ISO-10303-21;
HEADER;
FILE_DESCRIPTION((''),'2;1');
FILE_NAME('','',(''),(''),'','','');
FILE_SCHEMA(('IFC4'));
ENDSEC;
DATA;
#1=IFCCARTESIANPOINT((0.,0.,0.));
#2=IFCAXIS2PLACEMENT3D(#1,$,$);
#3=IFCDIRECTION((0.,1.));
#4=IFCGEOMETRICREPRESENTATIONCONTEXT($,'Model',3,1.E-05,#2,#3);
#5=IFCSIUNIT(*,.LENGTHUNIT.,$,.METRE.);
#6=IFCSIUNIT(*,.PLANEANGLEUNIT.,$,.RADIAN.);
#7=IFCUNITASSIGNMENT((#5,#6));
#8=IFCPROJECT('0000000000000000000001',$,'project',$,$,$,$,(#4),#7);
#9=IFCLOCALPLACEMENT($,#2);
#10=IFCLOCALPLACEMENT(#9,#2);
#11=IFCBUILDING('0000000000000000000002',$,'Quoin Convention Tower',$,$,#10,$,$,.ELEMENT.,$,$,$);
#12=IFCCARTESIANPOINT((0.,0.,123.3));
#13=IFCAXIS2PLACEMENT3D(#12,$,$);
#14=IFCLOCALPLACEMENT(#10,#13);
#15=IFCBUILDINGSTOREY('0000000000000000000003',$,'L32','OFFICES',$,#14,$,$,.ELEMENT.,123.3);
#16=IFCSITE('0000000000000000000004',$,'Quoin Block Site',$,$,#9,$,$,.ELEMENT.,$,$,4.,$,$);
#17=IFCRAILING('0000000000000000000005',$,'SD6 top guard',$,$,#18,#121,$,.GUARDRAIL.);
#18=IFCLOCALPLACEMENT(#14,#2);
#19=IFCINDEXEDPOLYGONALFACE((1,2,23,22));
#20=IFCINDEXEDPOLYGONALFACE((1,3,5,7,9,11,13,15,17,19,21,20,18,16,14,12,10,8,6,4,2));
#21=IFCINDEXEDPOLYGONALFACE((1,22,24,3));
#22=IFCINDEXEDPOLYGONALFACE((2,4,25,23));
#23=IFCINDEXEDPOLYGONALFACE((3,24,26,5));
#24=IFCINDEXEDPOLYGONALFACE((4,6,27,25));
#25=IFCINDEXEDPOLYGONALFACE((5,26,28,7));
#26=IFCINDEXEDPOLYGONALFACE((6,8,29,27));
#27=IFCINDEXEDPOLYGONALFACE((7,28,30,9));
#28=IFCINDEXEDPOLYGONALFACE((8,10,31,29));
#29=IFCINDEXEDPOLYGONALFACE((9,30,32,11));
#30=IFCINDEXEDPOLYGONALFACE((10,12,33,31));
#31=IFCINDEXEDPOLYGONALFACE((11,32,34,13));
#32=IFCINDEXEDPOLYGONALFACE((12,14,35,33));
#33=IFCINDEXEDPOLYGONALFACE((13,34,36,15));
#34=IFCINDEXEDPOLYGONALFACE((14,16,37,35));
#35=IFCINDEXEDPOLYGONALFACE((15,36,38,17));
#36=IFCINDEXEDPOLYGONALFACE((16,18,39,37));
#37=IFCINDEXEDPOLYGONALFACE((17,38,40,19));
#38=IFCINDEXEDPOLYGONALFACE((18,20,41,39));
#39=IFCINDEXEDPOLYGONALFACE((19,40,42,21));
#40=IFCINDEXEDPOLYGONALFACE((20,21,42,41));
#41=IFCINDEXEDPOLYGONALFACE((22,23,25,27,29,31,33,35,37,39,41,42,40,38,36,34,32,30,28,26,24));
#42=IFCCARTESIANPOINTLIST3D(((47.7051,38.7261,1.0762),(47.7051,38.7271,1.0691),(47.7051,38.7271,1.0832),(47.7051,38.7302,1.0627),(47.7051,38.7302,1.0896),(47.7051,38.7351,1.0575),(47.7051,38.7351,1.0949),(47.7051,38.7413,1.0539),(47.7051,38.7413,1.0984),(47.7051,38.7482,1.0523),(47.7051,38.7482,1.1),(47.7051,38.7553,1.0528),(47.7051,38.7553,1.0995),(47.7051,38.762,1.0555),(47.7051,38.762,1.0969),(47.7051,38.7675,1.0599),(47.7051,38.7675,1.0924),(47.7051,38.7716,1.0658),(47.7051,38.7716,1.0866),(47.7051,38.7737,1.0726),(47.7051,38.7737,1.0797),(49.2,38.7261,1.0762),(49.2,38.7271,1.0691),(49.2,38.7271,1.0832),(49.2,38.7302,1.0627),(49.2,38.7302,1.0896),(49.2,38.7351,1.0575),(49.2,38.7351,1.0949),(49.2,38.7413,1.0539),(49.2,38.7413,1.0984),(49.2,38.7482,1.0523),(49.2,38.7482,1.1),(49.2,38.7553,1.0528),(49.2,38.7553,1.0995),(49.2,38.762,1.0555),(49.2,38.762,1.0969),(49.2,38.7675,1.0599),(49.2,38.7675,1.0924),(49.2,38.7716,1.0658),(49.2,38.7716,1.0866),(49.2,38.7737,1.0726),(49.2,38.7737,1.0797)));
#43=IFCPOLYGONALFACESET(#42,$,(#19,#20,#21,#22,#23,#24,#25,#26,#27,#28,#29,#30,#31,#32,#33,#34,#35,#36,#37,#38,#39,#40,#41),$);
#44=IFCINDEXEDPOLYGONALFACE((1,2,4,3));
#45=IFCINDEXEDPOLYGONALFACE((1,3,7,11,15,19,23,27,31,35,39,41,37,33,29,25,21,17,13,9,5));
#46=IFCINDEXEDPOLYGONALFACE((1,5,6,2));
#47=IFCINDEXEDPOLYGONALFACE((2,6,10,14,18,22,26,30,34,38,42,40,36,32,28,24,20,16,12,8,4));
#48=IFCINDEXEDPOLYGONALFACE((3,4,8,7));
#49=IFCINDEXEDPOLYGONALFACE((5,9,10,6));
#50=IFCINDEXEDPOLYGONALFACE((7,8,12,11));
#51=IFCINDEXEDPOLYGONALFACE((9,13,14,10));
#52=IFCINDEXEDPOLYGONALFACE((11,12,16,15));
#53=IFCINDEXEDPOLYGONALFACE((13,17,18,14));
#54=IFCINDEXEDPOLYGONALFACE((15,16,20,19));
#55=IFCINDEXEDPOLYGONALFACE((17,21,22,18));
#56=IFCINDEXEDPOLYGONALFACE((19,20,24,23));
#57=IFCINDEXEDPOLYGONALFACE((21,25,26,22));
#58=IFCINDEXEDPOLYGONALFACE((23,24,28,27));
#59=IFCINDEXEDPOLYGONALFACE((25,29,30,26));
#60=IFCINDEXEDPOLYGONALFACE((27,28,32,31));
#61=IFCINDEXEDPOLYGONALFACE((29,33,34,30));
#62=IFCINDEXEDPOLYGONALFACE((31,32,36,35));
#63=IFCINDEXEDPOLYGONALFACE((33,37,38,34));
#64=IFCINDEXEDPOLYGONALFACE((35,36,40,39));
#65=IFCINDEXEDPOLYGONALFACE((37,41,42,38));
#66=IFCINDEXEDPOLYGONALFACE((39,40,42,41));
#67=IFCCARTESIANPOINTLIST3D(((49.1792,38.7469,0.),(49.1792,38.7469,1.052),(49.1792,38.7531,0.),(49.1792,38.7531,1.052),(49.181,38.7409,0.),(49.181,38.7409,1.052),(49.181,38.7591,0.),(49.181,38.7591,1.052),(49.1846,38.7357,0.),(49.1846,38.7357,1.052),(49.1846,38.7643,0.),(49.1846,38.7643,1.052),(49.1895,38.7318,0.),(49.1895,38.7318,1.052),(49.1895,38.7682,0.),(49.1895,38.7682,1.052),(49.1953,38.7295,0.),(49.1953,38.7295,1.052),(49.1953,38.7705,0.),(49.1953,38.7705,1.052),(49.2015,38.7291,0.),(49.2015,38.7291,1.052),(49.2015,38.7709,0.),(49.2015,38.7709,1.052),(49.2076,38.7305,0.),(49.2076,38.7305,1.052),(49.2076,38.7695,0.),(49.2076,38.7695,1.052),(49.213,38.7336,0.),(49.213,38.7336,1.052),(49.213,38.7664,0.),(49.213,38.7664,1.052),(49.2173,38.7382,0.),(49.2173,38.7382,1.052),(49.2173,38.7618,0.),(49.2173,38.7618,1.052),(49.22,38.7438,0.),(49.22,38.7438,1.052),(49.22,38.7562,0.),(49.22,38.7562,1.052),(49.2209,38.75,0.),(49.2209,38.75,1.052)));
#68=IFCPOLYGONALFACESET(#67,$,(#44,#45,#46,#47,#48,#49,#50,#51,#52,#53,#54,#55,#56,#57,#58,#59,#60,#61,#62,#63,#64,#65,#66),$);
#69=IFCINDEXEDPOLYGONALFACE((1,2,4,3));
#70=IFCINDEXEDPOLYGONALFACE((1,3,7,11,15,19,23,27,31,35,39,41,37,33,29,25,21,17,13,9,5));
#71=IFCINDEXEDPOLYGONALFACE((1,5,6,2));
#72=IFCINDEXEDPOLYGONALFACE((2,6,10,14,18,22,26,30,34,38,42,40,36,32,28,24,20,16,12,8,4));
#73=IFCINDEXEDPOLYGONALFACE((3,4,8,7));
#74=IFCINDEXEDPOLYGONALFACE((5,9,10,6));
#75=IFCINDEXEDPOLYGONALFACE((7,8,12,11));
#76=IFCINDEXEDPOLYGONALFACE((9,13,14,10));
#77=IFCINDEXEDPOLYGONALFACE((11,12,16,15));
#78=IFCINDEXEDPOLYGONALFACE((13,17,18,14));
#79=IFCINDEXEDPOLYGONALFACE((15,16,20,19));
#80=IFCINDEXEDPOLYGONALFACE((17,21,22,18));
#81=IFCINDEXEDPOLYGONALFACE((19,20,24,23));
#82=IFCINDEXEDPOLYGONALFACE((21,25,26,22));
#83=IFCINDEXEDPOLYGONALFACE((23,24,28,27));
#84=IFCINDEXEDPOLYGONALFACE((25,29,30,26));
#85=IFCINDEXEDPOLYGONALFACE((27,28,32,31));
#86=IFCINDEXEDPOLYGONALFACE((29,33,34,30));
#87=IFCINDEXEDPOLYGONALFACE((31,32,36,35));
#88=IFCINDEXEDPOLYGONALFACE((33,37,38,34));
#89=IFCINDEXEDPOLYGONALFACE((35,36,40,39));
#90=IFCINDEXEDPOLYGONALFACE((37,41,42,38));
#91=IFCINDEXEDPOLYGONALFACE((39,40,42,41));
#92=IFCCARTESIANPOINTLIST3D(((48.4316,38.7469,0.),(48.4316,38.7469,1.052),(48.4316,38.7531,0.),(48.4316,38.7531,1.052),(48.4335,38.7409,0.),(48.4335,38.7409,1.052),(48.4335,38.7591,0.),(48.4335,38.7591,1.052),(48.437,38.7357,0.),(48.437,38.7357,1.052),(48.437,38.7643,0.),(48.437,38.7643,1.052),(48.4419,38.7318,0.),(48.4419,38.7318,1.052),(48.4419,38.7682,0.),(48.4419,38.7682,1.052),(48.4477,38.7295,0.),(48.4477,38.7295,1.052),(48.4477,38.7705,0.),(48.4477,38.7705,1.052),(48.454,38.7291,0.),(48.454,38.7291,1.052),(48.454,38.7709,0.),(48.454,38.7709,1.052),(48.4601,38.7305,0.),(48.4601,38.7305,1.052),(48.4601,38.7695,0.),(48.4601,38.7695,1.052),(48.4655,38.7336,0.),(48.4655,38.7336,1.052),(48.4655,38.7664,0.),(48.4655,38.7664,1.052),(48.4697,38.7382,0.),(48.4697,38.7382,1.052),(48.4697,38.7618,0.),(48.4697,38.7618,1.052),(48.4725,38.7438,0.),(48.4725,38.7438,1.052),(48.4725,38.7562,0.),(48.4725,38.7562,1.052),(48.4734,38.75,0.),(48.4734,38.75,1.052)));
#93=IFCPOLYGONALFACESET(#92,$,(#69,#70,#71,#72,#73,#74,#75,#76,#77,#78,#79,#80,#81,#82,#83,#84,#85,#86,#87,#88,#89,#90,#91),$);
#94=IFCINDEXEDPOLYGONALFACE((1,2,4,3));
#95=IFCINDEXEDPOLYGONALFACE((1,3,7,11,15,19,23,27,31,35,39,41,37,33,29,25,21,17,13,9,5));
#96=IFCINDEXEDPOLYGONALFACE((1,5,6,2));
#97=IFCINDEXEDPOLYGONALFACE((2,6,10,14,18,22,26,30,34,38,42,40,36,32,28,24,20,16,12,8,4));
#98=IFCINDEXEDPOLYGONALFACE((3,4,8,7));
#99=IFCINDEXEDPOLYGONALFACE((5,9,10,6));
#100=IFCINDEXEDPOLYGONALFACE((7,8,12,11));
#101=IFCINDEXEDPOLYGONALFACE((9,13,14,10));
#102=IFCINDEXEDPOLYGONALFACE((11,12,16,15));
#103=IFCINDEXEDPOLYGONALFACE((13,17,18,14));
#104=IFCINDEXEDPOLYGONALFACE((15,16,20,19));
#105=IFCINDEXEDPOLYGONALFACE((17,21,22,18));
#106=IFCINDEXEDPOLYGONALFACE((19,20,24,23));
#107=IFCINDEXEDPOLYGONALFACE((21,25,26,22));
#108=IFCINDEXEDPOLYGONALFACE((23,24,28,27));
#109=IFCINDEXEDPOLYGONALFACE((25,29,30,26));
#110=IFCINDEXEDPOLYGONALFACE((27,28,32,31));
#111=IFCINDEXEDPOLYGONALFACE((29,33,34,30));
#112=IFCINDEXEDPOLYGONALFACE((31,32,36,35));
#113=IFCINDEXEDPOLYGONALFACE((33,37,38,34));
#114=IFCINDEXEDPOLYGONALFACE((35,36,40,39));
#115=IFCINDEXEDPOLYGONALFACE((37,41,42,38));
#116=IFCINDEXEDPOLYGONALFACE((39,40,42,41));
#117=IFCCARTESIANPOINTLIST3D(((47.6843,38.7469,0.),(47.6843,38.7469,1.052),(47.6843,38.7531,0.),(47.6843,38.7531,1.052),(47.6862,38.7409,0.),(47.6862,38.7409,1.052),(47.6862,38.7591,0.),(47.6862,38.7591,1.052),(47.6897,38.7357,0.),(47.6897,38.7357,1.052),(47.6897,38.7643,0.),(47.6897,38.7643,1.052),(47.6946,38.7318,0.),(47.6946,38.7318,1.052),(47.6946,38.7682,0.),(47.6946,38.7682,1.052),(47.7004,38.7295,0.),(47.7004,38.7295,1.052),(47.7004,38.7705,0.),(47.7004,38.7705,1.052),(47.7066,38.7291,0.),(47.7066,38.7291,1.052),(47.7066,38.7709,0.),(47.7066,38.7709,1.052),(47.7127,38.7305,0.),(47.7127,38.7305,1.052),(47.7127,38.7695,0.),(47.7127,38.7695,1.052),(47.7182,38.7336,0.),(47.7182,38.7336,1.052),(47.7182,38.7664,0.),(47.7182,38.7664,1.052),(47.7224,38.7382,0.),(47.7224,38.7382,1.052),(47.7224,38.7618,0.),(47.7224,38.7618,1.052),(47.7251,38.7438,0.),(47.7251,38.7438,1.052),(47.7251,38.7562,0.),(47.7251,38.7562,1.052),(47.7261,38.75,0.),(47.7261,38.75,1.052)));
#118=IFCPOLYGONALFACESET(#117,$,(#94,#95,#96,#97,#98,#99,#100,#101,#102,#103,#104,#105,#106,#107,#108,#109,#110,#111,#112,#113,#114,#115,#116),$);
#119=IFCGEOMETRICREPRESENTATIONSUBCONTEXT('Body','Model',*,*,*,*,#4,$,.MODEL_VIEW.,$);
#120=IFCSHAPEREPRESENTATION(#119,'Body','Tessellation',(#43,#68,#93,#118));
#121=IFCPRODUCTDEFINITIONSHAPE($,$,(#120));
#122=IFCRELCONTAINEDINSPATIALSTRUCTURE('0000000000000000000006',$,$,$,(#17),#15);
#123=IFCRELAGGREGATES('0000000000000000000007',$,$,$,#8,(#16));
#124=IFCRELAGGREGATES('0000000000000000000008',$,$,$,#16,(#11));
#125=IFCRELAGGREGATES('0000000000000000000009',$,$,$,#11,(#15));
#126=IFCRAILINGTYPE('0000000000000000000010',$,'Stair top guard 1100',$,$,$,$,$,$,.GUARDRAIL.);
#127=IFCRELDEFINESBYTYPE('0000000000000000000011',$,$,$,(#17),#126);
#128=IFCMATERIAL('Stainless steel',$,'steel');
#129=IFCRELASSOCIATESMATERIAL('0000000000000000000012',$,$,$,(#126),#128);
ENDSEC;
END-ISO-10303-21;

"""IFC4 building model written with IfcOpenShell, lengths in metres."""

from ifc_helpers import new_model, si_unit, direction, frame, origin, origin_2d, place, context, subcontext, project, spatial, circle, extrude, material, type_object, element, save


model = new_model("IFC4")

# Units and contexts
model_context = context("Model", 3, precision=1e-05, world=origin(), true_north=direction((0.0, 1.0)))
body_context = subcontext(model_context, "Body", "Model", "MODEL_VIEW")
ifc_project = project(units=[si_unit("LENGTHUNIT", "METRE"), si_unit("PLANEANGLEUNIT", "RADIAN")], contexts=[model_context])

# Site, building, storey
site_placement = place(None, origin())
site = spatial("IfcSite", under=ifc_project, at=site_placement, Name="Quoin Block Site", CompositionType="ELEMENT", RefElevation=4.0)
building_placement = place(site_placement, origin())
building = spatial("IfcBuilding", under=site, at=building_placement, Name="Quoin Convention Tower", CompositionType="ELEMENT")
storey_placement = place(building_placement, frame((0.0, 0.0, 123.3)))
storey = spatial("IfcBuildingStorey", under=building, at=storey_placement, Name="L32", Description="OFFICES", CompositionType="ELEMENT", Elevation=123.3)

# Railing
ifc_material_1 = material(Name="Stainless steel", Category="steel")
railing_type_1 = type_object("IfcRailingType", Name="Stair top guard 1100", PredefinedType="GUARDRAIL", material=ifc_material_1)
railing_1_placement = place(storey_placement, frame((49.2, 38.75, 0.0)))
element("IfcRailing", 1, at=railing_1_placement, inside=storey, type_object=railing_type_1, Name="SD6 top guard", PredefinedType="GUARDRAIL", context=body_context, shape_type="SweptSolid", body=[
    extrude(circle(Radius=0.0239, at=origin_2d()), frame((0.0, 0.0, 1.0762), z_axis=(-1.0, 0.0, 0.0), x_axis=(0.0, -1.0, 0.0)), (0.0, 0.0, 1.0), 1.4949),
    extrude(circle(Radius=0.021, at=origin_2d()), origin(), (0.0, 0.0, 1.0), 1.052),
    extrude(circle(Radius=0.021, at=origin_2d()), frame((-0.7476, 0.0, 0.0)), (0.0, 0.0, 1.0), 1.052),
    extrude(circle(Radius=0.021, at=origin_2d()), frame((-1.4949, 0.0, 0.0)), (0.0, 0.0, 1.0), 1.052),
])

save(model, "model.ifc")
